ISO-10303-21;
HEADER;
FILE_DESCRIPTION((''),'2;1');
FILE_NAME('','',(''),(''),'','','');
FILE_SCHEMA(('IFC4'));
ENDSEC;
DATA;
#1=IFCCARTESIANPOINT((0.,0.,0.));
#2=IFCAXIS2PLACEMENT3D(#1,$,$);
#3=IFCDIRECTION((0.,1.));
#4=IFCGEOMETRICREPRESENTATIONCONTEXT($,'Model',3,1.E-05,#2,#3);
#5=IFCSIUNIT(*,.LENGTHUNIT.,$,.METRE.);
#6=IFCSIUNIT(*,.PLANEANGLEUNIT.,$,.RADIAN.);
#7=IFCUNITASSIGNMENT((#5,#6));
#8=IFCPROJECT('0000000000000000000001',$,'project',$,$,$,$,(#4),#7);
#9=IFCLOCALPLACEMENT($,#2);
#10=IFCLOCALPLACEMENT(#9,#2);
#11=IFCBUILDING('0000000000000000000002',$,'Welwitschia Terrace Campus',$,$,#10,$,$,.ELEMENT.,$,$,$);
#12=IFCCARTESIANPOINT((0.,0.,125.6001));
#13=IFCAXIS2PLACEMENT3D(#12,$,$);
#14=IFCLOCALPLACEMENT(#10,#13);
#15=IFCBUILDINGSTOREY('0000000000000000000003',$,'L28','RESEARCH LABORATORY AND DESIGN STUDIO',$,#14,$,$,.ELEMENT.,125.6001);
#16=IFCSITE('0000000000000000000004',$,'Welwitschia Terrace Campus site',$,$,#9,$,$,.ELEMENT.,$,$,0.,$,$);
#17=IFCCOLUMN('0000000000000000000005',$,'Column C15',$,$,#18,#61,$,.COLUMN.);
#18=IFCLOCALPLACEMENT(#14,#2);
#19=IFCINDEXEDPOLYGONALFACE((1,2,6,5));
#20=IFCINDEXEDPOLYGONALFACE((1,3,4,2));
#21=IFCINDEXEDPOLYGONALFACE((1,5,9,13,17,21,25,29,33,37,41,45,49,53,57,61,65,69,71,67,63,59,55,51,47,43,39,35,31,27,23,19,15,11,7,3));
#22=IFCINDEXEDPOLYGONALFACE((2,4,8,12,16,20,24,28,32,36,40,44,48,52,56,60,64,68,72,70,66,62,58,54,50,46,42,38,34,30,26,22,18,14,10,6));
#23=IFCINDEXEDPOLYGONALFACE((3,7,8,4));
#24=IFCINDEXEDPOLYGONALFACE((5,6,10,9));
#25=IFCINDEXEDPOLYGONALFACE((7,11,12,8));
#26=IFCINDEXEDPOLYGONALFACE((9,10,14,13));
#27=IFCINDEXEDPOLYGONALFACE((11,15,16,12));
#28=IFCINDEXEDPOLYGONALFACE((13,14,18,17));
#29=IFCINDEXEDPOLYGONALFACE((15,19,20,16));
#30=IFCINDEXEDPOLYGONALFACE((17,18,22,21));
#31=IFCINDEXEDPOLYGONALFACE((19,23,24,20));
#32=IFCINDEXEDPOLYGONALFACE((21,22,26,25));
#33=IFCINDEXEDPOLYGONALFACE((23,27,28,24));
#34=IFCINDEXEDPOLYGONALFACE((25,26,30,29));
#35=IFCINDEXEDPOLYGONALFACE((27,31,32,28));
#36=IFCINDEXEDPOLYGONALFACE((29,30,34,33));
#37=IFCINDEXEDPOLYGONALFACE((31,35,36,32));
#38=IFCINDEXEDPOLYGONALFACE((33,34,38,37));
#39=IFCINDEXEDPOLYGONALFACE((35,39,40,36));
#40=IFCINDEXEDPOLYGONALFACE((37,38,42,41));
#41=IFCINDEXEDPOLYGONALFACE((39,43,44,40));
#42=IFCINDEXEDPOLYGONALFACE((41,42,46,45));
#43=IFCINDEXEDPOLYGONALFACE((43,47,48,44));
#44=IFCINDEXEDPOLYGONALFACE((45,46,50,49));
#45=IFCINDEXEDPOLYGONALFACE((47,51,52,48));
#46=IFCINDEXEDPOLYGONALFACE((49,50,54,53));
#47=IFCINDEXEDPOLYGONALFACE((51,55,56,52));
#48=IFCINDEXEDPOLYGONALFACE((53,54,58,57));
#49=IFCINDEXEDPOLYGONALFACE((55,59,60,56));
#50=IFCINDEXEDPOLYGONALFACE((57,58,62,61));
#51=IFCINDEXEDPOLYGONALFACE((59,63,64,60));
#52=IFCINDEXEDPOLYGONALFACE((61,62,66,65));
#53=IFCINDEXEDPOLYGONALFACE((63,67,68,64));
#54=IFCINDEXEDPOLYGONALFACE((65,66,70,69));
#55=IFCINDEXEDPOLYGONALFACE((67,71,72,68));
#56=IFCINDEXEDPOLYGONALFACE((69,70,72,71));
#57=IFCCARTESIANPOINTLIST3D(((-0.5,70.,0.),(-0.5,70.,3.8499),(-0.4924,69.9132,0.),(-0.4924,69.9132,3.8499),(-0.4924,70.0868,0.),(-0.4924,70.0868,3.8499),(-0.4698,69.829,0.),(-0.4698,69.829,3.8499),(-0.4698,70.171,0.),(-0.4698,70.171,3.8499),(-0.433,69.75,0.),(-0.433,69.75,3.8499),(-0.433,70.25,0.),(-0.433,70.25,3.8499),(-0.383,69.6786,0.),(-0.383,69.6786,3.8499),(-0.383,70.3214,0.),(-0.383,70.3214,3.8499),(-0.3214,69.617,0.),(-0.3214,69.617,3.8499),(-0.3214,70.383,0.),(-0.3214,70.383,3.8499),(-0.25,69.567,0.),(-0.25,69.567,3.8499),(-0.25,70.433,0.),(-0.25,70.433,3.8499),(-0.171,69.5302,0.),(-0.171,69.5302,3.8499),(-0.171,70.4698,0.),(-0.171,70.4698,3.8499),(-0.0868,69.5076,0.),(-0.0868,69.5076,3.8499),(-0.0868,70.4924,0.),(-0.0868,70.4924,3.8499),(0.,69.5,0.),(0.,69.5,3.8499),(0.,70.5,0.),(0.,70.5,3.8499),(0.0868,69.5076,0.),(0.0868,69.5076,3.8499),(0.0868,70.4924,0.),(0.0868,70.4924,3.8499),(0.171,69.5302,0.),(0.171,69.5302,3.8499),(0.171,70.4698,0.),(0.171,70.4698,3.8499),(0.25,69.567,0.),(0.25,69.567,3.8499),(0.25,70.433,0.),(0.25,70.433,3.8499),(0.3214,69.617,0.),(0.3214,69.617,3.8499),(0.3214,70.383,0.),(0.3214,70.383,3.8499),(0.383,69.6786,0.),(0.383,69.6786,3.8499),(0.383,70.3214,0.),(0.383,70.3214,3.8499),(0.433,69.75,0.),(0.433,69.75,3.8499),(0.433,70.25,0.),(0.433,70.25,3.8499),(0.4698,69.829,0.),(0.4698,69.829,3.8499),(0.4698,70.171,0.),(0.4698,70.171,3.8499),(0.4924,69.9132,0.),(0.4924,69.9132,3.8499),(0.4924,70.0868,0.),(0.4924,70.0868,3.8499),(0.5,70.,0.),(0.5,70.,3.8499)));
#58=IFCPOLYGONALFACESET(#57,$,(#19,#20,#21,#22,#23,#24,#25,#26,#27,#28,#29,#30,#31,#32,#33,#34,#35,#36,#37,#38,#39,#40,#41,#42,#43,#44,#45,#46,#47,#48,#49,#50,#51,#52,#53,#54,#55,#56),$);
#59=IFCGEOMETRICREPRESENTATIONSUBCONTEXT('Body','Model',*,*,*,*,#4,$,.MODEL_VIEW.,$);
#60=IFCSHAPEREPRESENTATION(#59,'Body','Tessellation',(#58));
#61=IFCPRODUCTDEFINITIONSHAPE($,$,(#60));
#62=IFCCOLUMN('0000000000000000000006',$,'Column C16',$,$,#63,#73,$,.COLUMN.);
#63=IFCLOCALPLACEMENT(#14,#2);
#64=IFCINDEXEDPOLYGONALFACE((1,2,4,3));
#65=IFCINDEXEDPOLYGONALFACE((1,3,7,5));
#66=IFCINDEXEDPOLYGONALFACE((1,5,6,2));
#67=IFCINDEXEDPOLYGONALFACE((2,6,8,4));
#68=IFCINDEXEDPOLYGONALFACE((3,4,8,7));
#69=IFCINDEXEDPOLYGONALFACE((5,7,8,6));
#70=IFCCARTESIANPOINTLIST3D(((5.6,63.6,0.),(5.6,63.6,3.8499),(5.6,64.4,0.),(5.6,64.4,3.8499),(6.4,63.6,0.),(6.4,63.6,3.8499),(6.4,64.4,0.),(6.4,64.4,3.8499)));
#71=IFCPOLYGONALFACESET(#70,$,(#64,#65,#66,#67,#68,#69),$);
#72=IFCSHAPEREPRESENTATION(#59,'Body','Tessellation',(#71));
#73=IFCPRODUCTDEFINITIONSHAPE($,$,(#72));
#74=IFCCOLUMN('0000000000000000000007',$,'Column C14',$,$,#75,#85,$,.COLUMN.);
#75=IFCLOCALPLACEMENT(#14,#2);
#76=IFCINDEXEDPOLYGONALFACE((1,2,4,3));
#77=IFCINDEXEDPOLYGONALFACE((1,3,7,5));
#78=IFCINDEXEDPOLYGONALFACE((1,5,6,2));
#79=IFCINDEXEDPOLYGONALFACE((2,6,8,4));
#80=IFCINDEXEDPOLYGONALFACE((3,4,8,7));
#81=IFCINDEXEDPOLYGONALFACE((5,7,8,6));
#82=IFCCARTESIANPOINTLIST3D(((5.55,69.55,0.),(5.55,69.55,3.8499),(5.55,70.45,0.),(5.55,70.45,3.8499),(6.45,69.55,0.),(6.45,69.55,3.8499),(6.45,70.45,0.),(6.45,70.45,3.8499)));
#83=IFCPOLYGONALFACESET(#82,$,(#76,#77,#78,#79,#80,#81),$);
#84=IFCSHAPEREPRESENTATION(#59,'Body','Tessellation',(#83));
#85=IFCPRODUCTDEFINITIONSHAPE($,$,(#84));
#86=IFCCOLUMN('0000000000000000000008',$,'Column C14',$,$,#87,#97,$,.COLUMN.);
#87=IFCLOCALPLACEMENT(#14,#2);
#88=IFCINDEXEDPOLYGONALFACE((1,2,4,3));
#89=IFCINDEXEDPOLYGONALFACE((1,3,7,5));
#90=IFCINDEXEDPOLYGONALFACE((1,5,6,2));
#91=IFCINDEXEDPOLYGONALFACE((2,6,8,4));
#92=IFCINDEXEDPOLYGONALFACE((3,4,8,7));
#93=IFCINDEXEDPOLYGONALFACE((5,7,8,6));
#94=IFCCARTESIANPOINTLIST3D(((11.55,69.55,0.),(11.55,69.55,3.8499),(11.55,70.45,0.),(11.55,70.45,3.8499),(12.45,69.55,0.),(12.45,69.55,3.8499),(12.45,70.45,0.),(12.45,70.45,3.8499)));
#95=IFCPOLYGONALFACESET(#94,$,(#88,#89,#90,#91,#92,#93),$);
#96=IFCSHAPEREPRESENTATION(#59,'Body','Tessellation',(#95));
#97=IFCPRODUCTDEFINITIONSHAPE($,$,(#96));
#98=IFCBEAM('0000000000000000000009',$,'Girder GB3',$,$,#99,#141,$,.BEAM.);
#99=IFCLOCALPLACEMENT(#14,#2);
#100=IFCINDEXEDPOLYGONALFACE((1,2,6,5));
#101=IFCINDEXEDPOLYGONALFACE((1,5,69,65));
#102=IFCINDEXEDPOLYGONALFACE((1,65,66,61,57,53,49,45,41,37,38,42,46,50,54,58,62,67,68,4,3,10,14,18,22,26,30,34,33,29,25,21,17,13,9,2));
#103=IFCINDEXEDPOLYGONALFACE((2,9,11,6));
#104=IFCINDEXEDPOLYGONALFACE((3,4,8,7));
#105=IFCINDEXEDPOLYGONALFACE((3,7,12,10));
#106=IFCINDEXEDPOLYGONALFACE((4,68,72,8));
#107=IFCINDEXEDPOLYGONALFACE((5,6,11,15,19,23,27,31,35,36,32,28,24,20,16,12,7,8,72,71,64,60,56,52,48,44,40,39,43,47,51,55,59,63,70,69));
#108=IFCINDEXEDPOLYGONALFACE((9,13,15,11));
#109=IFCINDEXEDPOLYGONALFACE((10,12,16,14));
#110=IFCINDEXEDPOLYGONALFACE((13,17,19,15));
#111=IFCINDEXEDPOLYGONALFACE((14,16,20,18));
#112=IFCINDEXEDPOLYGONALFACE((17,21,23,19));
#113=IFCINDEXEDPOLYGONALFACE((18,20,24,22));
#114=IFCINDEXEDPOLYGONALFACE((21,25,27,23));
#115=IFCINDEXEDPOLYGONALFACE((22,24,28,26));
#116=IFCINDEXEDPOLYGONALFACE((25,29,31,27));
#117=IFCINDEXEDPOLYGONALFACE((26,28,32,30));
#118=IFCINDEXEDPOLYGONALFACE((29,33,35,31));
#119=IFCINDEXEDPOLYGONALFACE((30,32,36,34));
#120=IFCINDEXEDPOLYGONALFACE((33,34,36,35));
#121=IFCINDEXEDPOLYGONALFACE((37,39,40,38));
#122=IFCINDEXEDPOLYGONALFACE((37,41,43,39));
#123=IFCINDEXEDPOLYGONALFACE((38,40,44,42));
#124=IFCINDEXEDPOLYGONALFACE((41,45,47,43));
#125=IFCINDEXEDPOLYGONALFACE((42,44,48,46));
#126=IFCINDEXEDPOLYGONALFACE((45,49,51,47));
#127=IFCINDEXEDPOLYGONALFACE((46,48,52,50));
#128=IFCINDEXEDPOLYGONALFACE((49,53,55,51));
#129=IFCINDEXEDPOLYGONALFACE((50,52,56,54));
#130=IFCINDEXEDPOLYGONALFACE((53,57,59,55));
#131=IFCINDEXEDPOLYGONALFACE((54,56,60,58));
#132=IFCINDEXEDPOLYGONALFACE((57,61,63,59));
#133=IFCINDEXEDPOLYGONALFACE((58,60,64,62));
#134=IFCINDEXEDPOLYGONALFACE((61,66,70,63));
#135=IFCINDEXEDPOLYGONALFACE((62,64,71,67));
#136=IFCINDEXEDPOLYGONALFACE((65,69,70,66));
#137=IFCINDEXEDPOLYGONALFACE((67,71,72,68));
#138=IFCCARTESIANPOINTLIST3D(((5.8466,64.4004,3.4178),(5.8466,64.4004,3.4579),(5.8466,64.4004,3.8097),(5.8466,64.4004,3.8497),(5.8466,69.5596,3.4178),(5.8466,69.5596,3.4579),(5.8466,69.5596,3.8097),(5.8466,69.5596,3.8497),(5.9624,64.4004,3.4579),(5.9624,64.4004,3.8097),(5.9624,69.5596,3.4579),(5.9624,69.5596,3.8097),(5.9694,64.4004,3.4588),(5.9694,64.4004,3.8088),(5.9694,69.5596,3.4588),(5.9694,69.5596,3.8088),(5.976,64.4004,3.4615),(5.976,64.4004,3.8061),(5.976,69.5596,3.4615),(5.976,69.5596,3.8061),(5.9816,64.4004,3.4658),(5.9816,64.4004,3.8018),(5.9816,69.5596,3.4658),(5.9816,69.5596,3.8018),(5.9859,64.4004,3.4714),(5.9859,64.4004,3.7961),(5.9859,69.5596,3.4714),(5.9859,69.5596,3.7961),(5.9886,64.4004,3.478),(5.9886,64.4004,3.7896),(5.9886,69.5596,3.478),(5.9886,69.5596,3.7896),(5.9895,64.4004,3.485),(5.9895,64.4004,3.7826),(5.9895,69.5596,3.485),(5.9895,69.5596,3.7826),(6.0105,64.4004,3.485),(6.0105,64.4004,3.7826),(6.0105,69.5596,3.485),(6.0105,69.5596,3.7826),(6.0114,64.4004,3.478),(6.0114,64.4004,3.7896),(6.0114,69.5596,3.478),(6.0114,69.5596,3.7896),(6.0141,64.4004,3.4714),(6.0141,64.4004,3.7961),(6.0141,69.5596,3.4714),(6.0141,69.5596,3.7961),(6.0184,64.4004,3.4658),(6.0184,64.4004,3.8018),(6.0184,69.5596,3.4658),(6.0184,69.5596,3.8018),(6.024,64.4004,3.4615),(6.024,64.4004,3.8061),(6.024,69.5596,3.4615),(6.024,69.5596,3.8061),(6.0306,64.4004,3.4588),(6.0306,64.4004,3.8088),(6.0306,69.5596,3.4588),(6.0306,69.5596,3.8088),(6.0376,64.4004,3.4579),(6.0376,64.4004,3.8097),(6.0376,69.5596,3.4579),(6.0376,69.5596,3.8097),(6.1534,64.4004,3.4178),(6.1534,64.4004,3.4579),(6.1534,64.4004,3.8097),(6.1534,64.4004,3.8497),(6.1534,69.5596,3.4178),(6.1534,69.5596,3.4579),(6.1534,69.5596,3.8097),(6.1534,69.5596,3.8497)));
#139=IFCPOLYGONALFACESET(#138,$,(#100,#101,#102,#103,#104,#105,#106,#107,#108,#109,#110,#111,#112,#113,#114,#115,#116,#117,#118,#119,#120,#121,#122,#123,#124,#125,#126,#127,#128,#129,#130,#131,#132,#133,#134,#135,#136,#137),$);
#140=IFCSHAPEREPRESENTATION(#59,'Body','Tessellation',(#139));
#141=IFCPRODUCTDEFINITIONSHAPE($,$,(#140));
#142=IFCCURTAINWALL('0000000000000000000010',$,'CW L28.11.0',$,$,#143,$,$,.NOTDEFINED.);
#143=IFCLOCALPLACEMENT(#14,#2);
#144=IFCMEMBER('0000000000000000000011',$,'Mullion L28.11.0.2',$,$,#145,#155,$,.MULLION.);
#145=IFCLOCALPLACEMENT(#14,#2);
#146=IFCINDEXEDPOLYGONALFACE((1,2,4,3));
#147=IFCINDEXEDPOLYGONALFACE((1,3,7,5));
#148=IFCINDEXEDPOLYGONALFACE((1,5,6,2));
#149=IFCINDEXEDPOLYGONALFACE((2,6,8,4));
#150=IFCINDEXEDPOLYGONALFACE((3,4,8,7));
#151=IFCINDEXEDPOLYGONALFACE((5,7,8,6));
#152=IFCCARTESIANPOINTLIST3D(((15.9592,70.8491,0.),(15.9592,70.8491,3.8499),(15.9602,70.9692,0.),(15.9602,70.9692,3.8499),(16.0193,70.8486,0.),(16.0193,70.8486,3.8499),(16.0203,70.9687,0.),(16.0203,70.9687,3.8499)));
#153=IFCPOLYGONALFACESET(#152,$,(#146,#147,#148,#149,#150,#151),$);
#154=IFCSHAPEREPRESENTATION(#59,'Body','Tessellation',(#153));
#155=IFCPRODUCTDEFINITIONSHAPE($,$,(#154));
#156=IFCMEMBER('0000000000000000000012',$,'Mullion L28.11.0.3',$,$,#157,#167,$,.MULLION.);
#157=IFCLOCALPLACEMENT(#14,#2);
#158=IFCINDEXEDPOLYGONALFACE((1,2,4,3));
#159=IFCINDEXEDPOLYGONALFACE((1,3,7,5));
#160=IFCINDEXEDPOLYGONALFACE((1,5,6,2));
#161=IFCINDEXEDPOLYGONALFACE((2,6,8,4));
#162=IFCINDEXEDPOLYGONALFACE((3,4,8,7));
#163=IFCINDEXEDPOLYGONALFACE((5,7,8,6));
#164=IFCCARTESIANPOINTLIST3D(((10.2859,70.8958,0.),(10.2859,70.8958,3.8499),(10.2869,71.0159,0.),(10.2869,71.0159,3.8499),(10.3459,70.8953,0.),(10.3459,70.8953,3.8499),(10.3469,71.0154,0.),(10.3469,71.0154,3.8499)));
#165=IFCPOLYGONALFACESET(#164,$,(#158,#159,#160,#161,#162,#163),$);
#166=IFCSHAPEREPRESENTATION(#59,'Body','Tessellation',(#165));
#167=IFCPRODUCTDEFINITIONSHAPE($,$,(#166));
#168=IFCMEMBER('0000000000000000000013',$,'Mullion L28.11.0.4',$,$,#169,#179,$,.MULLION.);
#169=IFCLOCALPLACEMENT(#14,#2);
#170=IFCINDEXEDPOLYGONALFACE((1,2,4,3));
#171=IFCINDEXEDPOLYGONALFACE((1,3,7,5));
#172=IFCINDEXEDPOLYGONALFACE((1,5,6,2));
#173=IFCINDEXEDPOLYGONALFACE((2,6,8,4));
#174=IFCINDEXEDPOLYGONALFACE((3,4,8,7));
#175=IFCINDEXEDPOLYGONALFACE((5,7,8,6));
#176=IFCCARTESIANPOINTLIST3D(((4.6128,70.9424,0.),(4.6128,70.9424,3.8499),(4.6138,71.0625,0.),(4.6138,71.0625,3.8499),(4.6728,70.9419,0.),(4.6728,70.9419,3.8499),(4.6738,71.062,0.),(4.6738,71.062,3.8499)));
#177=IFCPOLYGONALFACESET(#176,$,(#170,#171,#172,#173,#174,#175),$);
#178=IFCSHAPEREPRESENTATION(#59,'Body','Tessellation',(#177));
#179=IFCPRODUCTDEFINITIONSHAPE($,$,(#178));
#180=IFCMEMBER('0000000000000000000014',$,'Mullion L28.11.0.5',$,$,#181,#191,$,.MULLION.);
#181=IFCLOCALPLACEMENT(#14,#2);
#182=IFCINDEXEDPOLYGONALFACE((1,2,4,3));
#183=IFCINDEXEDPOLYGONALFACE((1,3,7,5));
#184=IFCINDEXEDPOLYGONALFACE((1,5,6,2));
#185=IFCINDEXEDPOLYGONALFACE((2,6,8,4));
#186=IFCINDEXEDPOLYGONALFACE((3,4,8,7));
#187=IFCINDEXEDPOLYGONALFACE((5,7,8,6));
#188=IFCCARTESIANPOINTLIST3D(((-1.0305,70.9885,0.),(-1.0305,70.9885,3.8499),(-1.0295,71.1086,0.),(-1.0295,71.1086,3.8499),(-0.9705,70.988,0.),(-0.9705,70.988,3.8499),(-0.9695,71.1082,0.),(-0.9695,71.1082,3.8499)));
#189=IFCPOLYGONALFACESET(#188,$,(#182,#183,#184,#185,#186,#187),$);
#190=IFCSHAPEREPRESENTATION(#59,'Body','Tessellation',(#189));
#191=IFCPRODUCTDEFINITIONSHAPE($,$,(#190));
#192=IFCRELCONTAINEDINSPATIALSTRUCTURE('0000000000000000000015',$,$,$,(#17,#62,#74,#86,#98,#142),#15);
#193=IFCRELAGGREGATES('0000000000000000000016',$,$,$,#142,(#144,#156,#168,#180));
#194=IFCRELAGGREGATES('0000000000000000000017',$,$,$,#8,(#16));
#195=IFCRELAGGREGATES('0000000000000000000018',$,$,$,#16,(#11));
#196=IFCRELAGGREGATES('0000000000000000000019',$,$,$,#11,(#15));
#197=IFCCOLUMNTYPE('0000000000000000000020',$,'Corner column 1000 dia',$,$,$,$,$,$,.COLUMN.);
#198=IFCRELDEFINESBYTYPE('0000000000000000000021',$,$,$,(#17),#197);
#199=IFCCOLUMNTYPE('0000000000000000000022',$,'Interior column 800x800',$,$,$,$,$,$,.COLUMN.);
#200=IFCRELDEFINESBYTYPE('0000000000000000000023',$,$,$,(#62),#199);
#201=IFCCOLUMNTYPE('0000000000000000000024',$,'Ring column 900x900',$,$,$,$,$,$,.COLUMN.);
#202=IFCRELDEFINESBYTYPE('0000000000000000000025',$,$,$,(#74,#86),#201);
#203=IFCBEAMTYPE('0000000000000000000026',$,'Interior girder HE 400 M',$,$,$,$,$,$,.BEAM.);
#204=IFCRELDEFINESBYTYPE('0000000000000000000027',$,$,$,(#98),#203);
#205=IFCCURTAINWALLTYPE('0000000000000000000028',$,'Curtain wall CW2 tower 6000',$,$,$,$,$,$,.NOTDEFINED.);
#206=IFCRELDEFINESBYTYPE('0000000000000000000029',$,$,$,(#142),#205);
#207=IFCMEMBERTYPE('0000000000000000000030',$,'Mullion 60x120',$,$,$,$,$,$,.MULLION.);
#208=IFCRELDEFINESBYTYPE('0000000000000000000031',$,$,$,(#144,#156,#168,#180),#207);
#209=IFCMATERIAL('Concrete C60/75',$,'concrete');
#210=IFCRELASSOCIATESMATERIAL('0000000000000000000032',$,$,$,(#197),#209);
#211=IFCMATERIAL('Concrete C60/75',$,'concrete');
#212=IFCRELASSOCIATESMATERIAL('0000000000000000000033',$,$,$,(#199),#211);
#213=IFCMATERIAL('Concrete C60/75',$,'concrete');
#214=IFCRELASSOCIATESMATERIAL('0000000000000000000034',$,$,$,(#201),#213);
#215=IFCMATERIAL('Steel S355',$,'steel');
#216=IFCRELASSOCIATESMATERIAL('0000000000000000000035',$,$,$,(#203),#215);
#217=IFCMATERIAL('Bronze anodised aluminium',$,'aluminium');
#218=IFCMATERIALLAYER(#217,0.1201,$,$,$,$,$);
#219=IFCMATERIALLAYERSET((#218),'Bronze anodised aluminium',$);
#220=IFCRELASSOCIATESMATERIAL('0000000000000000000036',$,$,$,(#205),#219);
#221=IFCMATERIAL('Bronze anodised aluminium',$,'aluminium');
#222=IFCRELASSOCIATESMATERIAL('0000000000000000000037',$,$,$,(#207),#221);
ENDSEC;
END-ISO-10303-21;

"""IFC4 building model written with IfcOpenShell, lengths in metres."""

from ifc_helpers import new_model, si_unit, direction, frame, origin, origin_2d, place, context, subcontext, project, spatial, rectangle, circle, i_section, extrude, material, layer, layer_set, material_profile, profile_set, type_object, element, aggregate, save


model = new_model("IFC4")

# Units and contexts
model_context = context("Model", 3, precision=1e-05, world=origin(), true_north=direction((0.0, 1.0)))
body_context = subcontext(model_context, "Body", "Model", "MODEL_VIEW")
ifc_project = project(units=[si_unit("LENGTHUNIT", "METRE"), si_unit("PLANEANGLEUNIT", "RADIAN")], contexts=[model_context])

# Site, building, storey
site_placement = place(None, origin())
site = spatial("IfcSite", under=ifc_project, at=site_placement, Name="Welwitschia Terrace Campus site", CompositionType="ELEMENT", RefElevation=0.0)
building_placement = place(site_placement, origin())
building = spatial("IfcBuilding", under=site, at=building_placement, Name="Welwitschia Terrace Campus", CompositionType="ELEMENT")
storey_placement = place(building_placement, frame((0.0, 0.0, 125.6001)))
storey = spatial("IfcBuildingStorey", under=building, at=storey_placement, Name="L28", Description="RESEARCH LABORATORY AND DESIGN STUDIO", CompositionType="ELEMENT", Elevation=125.6001)

# Columns
ifc_material_1 = material(Name="Concrete C60/75", Category="concrete")
ifc_material_profile_1 = material_profile(ifc_material_1, circle(Radius=0.5, at=origin_2d()))
ifc_profile_set_1 = profile_set([ifc_material_profile_1], Name="Concrete C60/75")
column_type_1 = type_object("IfcColumnType", Name="Corner column 1000 dia", PredefinedType="COLUMN", material=ifc_profile_set_1)
column_1_placement = place(storey_placement, frame((0.0, 70.0, 0.0), z_axis=(0.0, 0.0, 1.0), x_axis=(1.0, 0.0, 0.0)))
element("IfcColumn", 1, at=column_1_placement, inside=storey, type_object=column_type_1, Name="Column C15", PredefinedType="COLUMN", context=body_context, shape_type="SweptSolid", body=[
    extrude(circle(Radius=0.5, at=origin_2d()), origin(), (0.0, 0.0, 1.0), 3.8499),
])
ifc_material_2 = material(Name="Concrete C60/75", Category="concrete")
ifc_material_profile_2 = material_profile(ifc_material_2, rectangle(XDim=0.8, YDim=0.8, at=origin_2d()))
ifc_profile_set_2 = profile_set([ifc_material_profile_2], Name="Concrete C60/75")
column_type_2 = type_object("IfcColumnType", Name="Interior column 800x800", PredefinedType="COLUMN", material=ifc_profile_set_2)
column_2_placement = place(storey_placement, frame((6.0, 64.0, 0.0), z_axis=(0.0, 0.0, 1.0), x_axis=(1.0, 0.0, 0.0)))
element("IfcColumn", 2, at=column_2_placement, inside=storey, type_object=column_type_2, Name="Column C16", PredefinedType="COLUMN", context=body_context, shape_type="SweptSolid", body=[
    extrude(rectangle(XDim=0.8, YDim=0.8, at=origin_2d()), origin(), (0.0, 0.0, 1.0), 3.8499),
])
ifc_material_3 = material(Name="Concrete C60/75", Category="concrete")
ifc_material_profile_3 = material_profile(ifc_material_3, rectangle(XDim=0.8999, YDim=0.8999, at=origin_2d()))
ifc_profile_set_3 = profile_set([ifc_material_profile_3], Name="Concrete C60/75")
column_type_3 = type_object("IfcColumnType", Name="Ring column 900x900", PredefinedType="COLUMN", material=ifc_profile_set_3)
for number, where, z_axis, x_axis, name in (
    (3, (6.0, 70.0, 0.0), (0.0, 0.0, 1.0), (1.0, 0.0, 0.0), "Column C14"),
    (4, (12.0, 70.0, 0.0), (0.0, 0.0, 1.0), (1.0, 0.0, 0.0), "Column C14"),
):
    element("IfcColumn", number, at=place(storey_placement, frame(where, z_axis=z_axis, x_axis=x_axis)), inside=storey, type_object=column_type_3, Name=name, PredefinedType="COLUMN", context=body_context, shape_type="SweptSolid", body=[
        extrude(rectangle(XDim=0.8999, YDim=0.8999, at=origin_2d()), origin(), (0.0, 0.0, 1.0), 3.8499),
    ])

# Beam
ifc_material_4 = material(Name="Steel S355", Category="steel")
ifc_material_profile_4 = material_profile(ifc_material_4, i_section(OverallWidth=0.3069, OverallDepth=0.4319, WebThickness=0.021, FlangeThickness=0.04, FilletRadius=0.0271, at=origin_2d()))
ifc_profile_set_4 = profile_set([ifc_material_profile_4], Name="Steel S355")
beam_type_1 = type_object("IfcBeamType", Name="Interior girder HE 400 M", PredefinedType="BEAM", material=ifc_profile_set_4)
beam_1_placement = place(storey_placement, frame((6.0, 64.4004, 3.6338), z_axis=(0.0, 1.0, 0.0), x_axis=(-1.0, 0.0, 0.0)))
element("IfcBeam", 5, at=beam_1_placement, inside=storey, type_object=beam_type_1, Name="Girder GB3", PredefinedType="BEAM", context=body_context, shape_type="SweptSolid", body=[
    extrude(i_section(OverallWidth=0.3069, OverallDepth=0.4319, WebThickness=0.021, FlangeThickness=0.04, FilletRadius=0.0271, at=origin_2d()), origin(), (0.0, 0.0, 1.0), 5.1592),
])

# Curtain wall, members
ifc_material_5 = material(Name="Bronze anodised aluminium", Category="aluminium")
ifc_layer_1 = layer(ifc_material_5, 0.1201)
ifc_layer_set_1 = layer_set([ifc_layer_1], Name="Bronze anodised aluminium")
curtain_wall_type = type_object("IfcCurtainWallType", Name="Curtain wall CW2 tower 6000", PredefinedType="NOTDEFINED", material=ifc_layer_set_1)
curtain_wall_1_placement = place(storey_placement, origin())
curtain_wall_1 = element("IfcCurtainWall", 6, at=curtain_wall_1_placement, inside=storey, type_object=curtain_wall_type, Name="CW L28.11.0", PredefinedType="NOTDEFINED")
ifc_material_6 = material(Name="Bronze anodised aluminium", Category="aluminium")
ifc_material_profile_5 = material_profile(ifc_material_6, rectangle(XDim=0.1201, YDim=0.0601, at=origin_2d()))
ifc_profile_set_5 = profile_set([ifc_material_profile_5], Name="Bronze anodised aluminium")
member_type_1 = type_object("IfcMemberType", Name="Mullion 60x120", PredefinedType="MULLION", material=ifc_profile_set_5)
member_1_placement = place(storey_placement, frame((15.9897, 70.9089, 0.0), z_axis=(0.0, 0.0, 1.0), x_axis=(-0.008205, -0.999966, 0.0)))
member_1 = element("IfcMember", 7, at=member_1_placement, type_object=member_type_1, Name="Mullion L28.11.0.2", PredefinedType="MULLION", context=body_context, shape_type="SweptSolid", body=[
    extrude(rectangle(XDim=0.1201, YDim=0.0601, at=origin_2d()), origin(), (0.0, 0.0, 1.0), 3.8499),
])
member_2_placement = place(storey_placement, frame((10.3164, 70.9556, 0.0), z_axis=(0.0, 0.0, 1.0), x_axis=(-0.008205, -0.999966, 0.0)))
member_2 = element("IfcMember", 8, at=member_2_placement, type_object=member_type_1, Name="Mullion L28.11.0.3", PredefinedType="MULLION", context=body_context, shape_type="SweptSolid", body=[
    extrude(rectangle(XDim=0.1201, YDim=0.0601, at=origin_2d()), origin(), (0.0, 0.0, 1.0), 3.8499),
])
member_3_placement = place(storey_placement, frame((4.6433, 71.0022, 0.0), z_axis=(0.0, 0.0, 1.0), x_axis=(-0.008205, -0.999966, 0.0)))
member_3 = element("IfcMember", 9, at=member_3_placement, type_object=member_type_1, Name="Mullion L28.11.0.4", PredefinedType="MULLION", context=body_context, shape_type="SweptSolid", body=[
    extrude(rectangle(XDim=0.1201, YDim=0.0601, at=origin_2d()), origin(), (0.0, 0.0, 1.0), 3.8499),
])
member_4_placement = place(storey_placement, frame((-1.0, 71.0483, 0.0), z_axis=(0.0, 0.0, 1.0), x_axis=(-0.008205, -0.999966, 0.0)))
member_4 = element("IfcMember", 10, at=member_4_placement, type_object=member_type_1, Name="Mullion L28.11.0.5", PredefinedType="MULLION", context=body_context, shape_type="SweptSolid", body=[
    extrude(rectangle(XDim=0.1201, YDim=0.0601, at=origin_2d()), origin(), (0.0, 0.0, 1.0), 3.8499),
])

aggregate(curtain_wall_1, [member_1, member_2, member_3, member_4])

save(model, "model.ifc")
